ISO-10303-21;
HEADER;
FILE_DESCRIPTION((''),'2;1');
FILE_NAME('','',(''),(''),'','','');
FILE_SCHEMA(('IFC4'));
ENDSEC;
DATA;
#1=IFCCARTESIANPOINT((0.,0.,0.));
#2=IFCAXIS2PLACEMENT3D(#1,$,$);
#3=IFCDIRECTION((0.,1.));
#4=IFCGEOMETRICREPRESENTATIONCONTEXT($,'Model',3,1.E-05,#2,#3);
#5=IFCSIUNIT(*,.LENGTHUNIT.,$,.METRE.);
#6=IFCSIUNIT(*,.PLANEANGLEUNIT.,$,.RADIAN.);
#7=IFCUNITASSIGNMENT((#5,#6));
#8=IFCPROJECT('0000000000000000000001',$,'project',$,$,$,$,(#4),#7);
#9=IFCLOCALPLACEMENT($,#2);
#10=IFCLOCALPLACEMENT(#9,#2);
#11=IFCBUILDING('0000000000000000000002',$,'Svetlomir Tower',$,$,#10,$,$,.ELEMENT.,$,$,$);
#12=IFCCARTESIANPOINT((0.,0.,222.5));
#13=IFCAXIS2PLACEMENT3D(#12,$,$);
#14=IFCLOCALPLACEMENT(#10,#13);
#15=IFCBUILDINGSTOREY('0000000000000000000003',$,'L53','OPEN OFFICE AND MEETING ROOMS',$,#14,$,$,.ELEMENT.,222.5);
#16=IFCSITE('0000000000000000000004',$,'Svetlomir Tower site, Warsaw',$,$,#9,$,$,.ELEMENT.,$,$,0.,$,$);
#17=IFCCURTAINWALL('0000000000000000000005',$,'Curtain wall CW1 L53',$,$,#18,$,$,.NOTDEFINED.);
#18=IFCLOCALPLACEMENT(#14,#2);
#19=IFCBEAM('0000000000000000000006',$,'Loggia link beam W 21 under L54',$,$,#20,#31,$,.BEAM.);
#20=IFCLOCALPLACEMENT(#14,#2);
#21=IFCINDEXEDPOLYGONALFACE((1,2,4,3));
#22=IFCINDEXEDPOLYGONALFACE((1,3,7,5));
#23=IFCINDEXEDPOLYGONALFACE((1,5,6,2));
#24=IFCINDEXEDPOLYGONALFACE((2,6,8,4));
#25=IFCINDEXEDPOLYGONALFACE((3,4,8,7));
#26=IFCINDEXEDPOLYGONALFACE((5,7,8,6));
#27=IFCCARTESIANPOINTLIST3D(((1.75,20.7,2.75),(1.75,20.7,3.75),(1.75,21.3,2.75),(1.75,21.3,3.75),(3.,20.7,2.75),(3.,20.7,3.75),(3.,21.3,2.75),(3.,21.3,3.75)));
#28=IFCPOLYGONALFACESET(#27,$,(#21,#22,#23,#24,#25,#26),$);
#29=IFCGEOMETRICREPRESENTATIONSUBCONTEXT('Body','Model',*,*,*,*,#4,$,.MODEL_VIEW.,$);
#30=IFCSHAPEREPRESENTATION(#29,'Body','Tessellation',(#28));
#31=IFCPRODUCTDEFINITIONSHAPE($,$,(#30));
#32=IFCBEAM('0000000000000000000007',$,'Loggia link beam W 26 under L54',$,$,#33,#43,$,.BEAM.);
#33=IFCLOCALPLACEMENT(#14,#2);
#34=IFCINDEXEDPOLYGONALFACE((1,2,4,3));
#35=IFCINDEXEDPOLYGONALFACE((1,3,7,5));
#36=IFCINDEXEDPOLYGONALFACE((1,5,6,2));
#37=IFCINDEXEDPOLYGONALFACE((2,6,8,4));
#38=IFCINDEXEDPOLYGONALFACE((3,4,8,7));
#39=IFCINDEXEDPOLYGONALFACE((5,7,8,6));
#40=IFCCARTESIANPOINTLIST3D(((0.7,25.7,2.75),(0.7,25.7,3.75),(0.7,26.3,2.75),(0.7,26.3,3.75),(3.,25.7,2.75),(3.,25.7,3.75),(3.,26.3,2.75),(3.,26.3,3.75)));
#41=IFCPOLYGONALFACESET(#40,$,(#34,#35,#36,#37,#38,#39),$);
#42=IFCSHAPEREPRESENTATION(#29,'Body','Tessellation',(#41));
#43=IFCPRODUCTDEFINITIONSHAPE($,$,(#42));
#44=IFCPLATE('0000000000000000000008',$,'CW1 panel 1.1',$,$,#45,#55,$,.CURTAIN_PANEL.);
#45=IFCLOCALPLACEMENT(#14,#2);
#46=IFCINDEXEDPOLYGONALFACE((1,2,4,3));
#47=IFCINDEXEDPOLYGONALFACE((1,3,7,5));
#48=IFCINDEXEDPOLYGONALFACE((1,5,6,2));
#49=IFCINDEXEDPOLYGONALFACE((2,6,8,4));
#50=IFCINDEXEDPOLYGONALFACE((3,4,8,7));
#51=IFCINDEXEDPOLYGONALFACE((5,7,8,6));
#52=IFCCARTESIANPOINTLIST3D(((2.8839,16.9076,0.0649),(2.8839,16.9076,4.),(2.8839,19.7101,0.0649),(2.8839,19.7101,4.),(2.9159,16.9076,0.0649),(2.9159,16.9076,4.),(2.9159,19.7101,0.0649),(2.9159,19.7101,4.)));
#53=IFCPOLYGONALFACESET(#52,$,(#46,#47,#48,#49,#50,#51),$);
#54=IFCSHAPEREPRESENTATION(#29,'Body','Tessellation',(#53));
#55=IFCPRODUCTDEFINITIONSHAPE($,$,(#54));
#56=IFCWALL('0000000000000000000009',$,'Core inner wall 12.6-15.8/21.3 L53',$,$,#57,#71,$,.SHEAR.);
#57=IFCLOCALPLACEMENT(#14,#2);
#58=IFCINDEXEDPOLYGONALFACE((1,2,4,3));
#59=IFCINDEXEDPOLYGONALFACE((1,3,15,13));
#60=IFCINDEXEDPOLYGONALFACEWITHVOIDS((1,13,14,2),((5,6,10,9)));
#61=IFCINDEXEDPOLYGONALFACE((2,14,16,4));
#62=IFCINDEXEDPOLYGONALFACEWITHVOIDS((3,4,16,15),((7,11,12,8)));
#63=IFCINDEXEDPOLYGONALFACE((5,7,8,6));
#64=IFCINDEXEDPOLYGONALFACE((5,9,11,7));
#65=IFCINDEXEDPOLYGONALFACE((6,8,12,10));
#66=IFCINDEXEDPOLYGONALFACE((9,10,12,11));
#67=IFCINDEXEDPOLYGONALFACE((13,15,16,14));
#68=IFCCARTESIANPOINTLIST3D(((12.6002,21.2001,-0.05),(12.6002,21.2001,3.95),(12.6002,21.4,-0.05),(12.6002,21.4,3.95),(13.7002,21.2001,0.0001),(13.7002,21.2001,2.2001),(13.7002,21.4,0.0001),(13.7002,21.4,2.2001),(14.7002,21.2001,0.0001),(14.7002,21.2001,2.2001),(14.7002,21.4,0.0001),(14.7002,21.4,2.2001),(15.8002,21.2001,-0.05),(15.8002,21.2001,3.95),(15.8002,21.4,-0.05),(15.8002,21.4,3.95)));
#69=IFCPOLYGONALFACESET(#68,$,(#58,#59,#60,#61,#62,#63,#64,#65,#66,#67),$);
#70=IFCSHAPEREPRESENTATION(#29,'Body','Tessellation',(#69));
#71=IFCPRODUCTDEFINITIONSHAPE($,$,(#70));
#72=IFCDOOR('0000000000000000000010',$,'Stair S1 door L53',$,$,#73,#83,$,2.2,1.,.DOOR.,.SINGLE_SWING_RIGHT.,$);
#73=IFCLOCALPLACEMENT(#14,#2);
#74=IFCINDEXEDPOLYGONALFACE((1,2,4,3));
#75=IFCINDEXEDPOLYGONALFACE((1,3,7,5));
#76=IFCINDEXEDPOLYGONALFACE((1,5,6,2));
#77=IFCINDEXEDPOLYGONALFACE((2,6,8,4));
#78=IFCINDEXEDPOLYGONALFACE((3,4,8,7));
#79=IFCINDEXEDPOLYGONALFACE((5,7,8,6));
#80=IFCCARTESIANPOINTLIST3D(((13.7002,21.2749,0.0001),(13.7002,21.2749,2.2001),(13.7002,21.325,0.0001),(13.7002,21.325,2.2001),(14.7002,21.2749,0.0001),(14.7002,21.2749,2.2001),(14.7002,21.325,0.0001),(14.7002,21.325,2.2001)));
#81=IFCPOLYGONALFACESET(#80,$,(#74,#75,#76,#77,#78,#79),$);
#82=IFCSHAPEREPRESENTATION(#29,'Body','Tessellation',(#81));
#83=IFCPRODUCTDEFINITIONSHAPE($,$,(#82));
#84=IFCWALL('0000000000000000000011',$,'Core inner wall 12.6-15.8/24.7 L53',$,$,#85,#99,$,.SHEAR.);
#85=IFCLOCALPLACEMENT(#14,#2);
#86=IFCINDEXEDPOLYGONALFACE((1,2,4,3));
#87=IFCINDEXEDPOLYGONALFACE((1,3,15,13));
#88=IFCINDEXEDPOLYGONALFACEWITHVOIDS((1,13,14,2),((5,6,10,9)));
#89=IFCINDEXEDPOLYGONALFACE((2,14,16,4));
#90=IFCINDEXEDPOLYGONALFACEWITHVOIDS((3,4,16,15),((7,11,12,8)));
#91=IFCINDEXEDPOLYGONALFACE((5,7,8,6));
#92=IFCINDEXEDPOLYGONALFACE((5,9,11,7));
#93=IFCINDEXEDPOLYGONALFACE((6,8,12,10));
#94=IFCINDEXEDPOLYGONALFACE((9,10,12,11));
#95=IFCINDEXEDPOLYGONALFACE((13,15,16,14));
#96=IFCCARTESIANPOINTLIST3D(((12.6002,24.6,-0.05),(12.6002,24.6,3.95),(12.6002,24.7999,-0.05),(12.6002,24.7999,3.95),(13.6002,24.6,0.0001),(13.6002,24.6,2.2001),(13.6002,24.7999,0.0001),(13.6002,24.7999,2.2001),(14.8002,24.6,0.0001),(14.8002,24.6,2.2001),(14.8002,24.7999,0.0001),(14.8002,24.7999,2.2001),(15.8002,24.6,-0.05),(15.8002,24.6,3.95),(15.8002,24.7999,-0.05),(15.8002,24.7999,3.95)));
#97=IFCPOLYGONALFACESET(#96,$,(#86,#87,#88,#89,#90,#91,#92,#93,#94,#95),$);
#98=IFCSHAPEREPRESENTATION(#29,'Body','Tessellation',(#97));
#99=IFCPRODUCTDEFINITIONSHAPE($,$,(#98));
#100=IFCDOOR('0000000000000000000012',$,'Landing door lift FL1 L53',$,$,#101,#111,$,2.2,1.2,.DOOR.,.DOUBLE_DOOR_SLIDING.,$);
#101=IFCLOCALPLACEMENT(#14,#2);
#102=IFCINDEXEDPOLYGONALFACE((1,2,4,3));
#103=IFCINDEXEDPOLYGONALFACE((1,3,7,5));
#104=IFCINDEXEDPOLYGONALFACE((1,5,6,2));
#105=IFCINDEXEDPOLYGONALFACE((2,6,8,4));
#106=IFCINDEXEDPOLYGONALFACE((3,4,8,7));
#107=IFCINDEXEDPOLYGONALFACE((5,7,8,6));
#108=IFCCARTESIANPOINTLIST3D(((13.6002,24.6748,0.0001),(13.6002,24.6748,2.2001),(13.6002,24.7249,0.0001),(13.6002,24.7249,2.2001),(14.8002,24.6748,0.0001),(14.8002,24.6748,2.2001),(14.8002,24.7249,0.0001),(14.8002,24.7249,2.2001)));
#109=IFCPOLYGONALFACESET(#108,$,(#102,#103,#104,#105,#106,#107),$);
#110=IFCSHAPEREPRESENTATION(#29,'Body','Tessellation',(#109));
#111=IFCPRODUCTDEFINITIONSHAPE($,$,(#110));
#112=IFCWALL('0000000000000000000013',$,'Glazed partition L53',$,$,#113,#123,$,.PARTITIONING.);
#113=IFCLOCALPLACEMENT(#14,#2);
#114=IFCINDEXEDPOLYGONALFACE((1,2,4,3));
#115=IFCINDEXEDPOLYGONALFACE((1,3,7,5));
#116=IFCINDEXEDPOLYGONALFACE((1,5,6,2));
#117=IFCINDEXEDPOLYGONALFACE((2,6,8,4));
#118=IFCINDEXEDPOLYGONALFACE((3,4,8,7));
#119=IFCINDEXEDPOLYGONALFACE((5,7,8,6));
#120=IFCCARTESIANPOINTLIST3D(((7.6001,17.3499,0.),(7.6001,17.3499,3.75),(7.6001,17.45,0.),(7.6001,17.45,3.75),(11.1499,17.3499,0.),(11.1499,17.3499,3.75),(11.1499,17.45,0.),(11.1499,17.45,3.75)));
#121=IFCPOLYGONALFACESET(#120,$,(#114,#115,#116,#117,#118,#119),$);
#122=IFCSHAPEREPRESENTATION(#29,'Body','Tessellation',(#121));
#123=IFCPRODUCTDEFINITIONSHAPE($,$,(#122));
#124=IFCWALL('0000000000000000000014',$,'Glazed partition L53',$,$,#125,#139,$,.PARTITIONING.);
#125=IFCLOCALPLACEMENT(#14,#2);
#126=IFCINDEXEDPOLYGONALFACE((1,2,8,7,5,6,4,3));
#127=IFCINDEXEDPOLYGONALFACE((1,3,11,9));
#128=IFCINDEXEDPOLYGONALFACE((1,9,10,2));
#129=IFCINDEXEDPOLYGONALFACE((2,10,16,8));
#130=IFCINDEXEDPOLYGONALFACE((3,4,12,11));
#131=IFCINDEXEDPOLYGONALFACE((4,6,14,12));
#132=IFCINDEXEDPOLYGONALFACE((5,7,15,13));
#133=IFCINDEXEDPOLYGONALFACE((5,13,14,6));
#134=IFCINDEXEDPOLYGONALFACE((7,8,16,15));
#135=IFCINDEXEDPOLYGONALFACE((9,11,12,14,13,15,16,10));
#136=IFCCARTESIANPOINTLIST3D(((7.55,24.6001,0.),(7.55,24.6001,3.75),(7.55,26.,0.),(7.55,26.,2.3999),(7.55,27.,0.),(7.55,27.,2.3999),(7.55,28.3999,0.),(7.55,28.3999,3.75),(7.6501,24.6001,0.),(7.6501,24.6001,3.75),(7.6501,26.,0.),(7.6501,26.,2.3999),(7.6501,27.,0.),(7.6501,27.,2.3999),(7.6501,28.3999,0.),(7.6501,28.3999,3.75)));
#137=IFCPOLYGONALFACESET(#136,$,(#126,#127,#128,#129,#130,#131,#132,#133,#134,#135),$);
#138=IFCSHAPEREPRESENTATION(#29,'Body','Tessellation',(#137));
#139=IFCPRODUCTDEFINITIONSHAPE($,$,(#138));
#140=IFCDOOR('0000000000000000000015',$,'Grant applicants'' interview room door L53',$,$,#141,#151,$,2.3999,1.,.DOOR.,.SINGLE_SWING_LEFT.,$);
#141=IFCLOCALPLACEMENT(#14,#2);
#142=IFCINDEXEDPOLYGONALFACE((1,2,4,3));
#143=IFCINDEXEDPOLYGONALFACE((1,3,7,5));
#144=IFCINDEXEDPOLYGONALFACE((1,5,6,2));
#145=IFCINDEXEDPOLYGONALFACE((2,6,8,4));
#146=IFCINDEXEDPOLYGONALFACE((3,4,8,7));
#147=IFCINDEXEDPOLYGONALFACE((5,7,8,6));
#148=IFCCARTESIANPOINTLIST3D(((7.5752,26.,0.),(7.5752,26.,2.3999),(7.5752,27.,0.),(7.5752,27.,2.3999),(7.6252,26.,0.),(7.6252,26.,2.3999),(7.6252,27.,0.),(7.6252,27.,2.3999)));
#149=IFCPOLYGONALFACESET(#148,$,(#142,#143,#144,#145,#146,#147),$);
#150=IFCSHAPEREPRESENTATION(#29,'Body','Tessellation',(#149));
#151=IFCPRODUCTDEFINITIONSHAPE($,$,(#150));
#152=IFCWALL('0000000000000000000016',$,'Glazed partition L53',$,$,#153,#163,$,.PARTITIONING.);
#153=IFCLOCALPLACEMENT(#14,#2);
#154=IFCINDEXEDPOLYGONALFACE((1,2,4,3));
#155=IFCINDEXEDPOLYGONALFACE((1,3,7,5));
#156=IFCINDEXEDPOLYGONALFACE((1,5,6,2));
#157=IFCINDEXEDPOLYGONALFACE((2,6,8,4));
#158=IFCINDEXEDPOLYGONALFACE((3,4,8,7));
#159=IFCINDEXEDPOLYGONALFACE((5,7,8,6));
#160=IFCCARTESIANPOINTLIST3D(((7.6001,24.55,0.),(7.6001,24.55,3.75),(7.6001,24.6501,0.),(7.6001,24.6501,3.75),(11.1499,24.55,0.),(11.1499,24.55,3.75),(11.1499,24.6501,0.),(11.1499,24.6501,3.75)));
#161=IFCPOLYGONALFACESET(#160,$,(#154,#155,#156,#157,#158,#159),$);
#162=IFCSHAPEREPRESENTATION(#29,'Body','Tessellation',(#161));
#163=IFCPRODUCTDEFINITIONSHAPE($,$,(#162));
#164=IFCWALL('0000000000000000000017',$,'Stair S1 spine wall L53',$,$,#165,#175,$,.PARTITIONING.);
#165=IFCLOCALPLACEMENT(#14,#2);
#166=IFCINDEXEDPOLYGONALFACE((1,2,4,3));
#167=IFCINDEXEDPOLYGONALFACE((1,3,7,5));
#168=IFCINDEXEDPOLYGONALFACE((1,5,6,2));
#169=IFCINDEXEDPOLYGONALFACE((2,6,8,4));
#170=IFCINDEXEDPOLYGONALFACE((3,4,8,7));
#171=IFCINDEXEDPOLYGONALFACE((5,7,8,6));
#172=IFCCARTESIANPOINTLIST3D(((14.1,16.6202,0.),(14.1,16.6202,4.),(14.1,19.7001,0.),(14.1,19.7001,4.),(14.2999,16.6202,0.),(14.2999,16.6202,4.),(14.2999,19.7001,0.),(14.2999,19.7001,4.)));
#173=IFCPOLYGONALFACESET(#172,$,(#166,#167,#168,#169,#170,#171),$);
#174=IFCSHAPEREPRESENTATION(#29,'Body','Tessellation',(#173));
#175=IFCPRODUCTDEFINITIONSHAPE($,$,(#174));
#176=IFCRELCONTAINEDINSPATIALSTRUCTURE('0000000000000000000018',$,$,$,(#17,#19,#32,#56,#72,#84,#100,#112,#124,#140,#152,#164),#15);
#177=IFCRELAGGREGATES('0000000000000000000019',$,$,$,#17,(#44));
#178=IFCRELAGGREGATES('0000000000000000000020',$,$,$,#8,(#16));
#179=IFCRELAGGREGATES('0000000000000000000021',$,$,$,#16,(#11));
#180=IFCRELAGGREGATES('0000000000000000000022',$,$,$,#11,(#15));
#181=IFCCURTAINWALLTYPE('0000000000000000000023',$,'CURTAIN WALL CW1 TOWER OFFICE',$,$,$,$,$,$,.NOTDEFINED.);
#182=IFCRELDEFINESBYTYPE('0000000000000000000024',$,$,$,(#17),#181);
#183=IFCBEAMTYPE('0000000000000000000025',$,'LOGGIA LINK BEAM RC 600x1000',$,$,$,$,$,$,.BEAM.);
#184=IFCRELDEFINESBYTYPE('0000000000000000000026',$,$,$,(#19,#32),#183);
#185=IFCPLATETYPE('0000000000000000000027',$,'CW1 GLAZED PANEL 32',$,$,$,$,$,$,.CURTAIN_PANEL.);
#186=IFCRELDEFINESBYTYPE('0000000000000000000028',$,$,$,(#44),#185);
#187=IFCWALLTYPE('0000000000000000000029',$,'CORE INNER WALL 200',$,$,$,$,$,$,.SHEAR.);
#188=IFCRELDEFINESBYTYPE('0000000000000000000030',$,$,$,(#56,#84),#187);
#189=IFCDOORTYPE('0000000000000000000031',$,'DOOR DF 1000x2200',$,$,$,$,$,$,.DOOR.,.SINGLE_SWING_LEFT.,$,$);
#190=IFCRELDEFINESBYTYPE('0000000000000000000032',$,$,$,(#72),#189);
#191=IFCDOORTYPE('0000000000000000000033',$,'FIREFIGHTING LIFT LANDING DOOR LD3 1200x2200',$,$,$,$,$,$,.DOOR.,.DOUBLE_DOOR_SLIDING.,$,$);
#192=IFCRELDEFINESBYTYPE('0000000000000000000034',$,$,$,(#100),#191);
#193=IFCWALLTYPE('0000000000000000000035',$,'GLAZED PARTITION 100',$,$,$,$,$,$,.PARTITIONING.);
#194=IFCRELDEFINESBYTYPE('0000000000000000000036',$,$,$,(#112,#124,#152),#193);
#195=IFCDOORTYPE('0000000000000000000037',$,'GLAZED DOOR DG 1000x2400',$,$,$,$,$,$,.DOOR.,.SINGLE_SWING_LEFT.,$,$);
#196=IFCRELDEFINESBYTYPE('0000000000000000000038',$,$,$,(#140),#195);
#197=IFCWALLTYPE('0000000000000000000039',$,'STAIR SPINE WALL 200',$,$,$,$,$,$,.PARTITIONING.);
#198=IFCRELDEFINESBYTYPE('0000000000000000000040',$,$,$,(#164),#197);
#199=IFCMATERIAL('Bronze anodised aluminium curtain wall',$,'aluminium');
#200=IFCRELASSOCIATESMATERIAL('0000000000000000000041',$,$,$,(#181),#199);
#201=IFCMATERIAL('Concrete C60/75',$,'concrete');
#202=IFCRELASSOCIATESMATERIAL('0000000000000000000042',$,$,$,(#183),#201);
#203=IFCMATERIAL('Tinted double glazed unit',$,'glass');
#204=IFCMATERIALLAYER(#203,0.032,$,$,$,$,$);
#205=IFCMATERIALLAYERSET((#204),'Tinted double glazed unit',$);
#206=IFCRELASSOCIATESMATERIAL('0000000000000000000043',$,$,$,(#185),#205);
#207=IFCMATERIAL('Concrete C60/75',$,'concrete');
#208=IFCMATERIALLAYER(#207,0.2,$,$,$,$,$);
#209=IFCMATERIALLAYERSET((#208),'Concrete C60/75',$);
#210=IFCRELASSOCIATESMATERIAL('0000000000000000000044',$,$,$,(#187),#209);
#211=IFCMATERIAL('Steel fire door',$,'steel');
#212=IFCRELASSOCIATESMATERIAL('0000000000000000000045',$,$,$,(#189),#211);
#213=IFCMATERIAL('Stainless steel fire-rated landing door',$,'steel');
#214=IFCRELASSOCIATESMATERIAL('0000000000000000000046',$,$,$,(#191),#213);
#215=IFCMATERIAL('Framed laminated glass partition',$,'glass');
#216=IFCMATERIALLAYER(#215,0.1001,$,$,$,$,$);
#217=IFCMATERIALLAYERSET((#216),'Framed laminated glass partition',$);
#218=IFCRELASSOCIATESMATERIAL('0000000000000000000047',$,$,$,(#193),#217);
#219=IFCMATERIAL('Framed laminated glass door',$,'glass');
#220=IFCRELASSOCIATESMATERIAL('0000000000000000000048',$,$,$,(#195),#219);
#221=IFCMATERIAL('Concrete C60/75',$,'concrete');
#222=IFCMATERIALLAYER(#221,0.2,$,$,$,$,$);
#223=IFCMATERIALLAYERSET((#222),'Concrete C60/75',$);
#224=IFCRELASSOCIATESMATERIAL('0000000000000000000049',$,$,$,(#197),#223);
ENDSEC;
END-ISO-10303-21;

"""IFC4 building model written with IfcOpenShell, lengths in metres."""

from ifc_helpers import new_model, si_unit, direction, frame, frame_2d, origin, origin_2d, place, context, subcontext, project, spatial, rectangle, extrude, material, layer, layer_set, material_profile, profile_set, type_object, element, fill, aggregate, save


model = new_model("IFC4")

# Units and contexts
model_context = context("Model", 3, precision=1e-05, world=origin(), true_north=direction((0.0, 1.0)))
body_context = subcontext(model_context, "Body", "Model", "MODEL_VIEW")
ifc_project = project(units=[si_unit("LENGTHUNIT", "METRE"), si_unit("PLANEANGLEUNIT", "RADIAN")], contexts=[model_context])

# Site, building, storey
site_placement = place(None, origin())
site = spatial("IfcSite", under=ifc_project, at=site_placement, Name="Svetlomir Tower site, Warsaw", CompositionType="ELEMENT", RefElevation=0.0)
building_placement = place(site_placement, origin())
building = spatial("IfcBuilding", under=site, at=building_placement, Name="Svetlomir Tower", CompositionType="ELEMENT")
storey_placement = place(building_placement, frame((0.0, 0.0, 222.5)))
storey = spatial("IfcBuildingStorey", under=building, at=storey_placement, Name="L53", Description="OPEN OFFICE AND MEETING ROOMS", CompositionType="ELEMENT", Elevation=222.5)

# Curtain wall
ifc_material_1 = material(Name="Bronze anodised aluminium curtain wall", Category="aluminium")
curtain_wall_type = type_object("IfcCurtainWallType", Name="CURTAIN WALL CW1 TOWER OFFICE", PredefinedType="NOTDEFINED", material=ifc_material_1)
curtain_wall_1_placement = place(storey_placement, origin())
curtain_wall_1 = element("IfcCurtainWall", 1, at=curtain_wall_1_placement, inside=storey, type_object=curtain_wall_type, Name="Curtain wall CW1 L53", PredefinedType="NOTDEFINED")

# Beams
ifc_material_2 = material(Name="Concrete C60/75", Category="concrete")
ifc_material_profile_1 = material_profile(ifc_material_2, rectangle(XDim=0.6001, YDim=1.0, at=origin_2d()), Name="RC 600x1000")
ifc_profile_set_1 = profile_set([ifc_material_profile_1], Name="Concrete C60/75")
beam_type_1 = type_object("IfcBeamType", Name="LOGGIA LINK BEAM RC 600x1000", PredefinedType="BEAM", material=ifc_profile_set_1)
beam_1_placement = place(storey_placement, frame((1.75, 21.0, 3.25), z_axis=(1.0, 0.0, 0.0), x_axis=(0.0, 1.0, 0.0)))
element("IfcBeam", 2, at=beam_1_placement, inside=storey, type_object=beam_type_1, Name="Loggia link beam W 21 under L54", PredefinedType="BEAM", context=body_context, shape_type="SweptSolid", body=[
    extrude(rectangle(XDim=0.6001, YDim=1.0, at=origin_2d()), origin(), (0.0, 0.0, 1.0), 1.25),
])
beam_2_placement = place(storey_placement, frame((0.7, 26.0, 3.25), z_axis=(1.0, 0.0, 0.0), x_axis=(0.0, 1.0, 0.0)))
element("IfcBeam", 3, at=beam_2_placement, inside=storey, type_object=beam_type_1, Name="Loggia link beam W 26 under L54", PredefinedType="BEAM", context=body_context, shape_type="SweptSolid", body=[
    extrude(rectangle(XDim=0.6001, YDim=1.0, at=origin_2d()), origin(), (0.0, 0.0, 1.0), 2.3),
])

# Plate
ifc_material_3 = material(Name="Tinted double glazed unit", Category="glass")
ifc_layer_1 = layer(ifc_material_3, 0.032)
ifc_layer_set_1 = layer_set([ifc_layer_1], Name="Tinted double glazed unit")
plate_type = type_object("IfcPlateType", Name="CW1 GLAZED PANEL 32", PredefinedType="CURTAIN_PANEL", material=ifc_layer_set_1)
plate_placement = place(storey_placement, frame((2.8999, 18.3088, 0.0649), z_axis=(0.0, 0.0, 1.0), x_axis=(0.0, -1.0, 0.0)))
plate = element("IfcPlate", 4, at=plate_placement, type_object=plate_type, Name="CW1 panel 1.1", PredefinedType="CURTAIN_PANEL", context=body_context, shape_type="SweptSolid", body=[
    extrude(rectangle(XDim=2.8025, YDim=0.032, at=origin_2d()), origin(), (0.0, 0.0, 1.0), 3.9351),
])
aggregate(curtain_wall_1, [plate])

# Walls, openings, doors
ifc_material_4 = material(Name="Concrete C60/75", Category="concrete")
ifc_layer_2 = layer(ifc_material_4, 0.2)
ifc_layer_set_2 = layer_set([ifc_layer_2], Name="Concrete C60/75")
wall_type_1 = type_object("IfcWallType", Name="CORE INNER WALL 200", PredefinedType="SHEAR", material=ifc_layer_set_2)
wall_1_placement = place(storey_placement, frame((12.6001, 21.3, -0.05), z_axis=(0.0, 0.0, 1.0), x_axis=(1.0, 0.0, 0.0)))
wall_1 = element("IfcWall", 5, at=wall_1_placement, inside=storey, type_object=wall_type_1, Name="Core inner wall 12.6-15.8/21.3 L53", PredefinedType="SHEAR", context=body_context, shape_type="SweptSolid", body=[
    extrude(rectangle(XDim=3.2, YDim=0.2, at=frame_2d((1.6001, 0.0))), origin(), (0.0, 0.0, 1.0), 4.0),
])
opening_1_placement = place(wall_1_placement, frame((1.1001, 0.0, 0.05)))
opening_1 = element("IfcOpeningElement", 6, at=opening_1_placement, cuts=wall_1, PredefinedType="OPENING", context=body_context, shape_type="SweptSolid", body=[
    extrude(rectangle(XDim=1.0, YDim=2.2, at=frame_2d((0.5, 1.1001))), frame((0.0, 0.1099, 0.0), z_axis=(0.0, -1.0, 0.0), x_axis=(1.0, 0.0, 0.0)), (0.0, 0.0, 1.0), 0.22),
])
ifc_material_5 = material(Name="Steel fire door", Category="steel")
door_type_1 = type_object("IfcDoorType", Name="DOOR DF 1000x2200", OperationType="SINGLE_SWING_LEFT", PredefinedType="DOOR", material=ifc_material_5)
door_1_placement = place(opening_1_placement, origin())
door_1 = element("IfcDoor", 7, at=door_1_placement, inside=storey, type_object=door_type_1, Name="Stair S1 door L53", OperationType="SINGLE_SWING_RIGHT", OverallHeight=2.2, OverallWidth=1.0, PredefinedType="DOOR", context=body_context, shape_type="SweptSolid", body=[
    extrude(rectangle(XDim=1.0, YDim=2.2, at=frame_2d((0.5, 1.1001))), frame((0.0, 0.0249, 0.0), z_axis=(0.0, -1.0, 0.0), x_axis=(1.0, 0.0, 0.0)), (0.0, 0.0, 1.0), 0.05),
])
fill(opening_1, door_1)
wall_2_placement = place(storey_placement, frame((12.6001, 24.7, -0.05), z_axis=(0.0, 0.0, 1.0), x_axis=(1.0, 0.0, 0.0)))
wall_2 = element("IfcWall", 8, at=wall_2_placement, inside=storey, type_object=wall_type_1, Name="Core inner wall 12.6-15.8/24.7 L53", PredefinedType="SHEAR", context=body_context, shape_type="SweptSolid", body=[
    extrude(rectangle(XDim=3.2, YDim=0.2, at=frame_2d((1.6001, 0.0))), origin(), (0.0, 0.0, 1.0), 4.0),
])
opening_2_placement = place(wall_2_placement, frame((1.0, 0.0, 0.05)))
opening_2 = element("IfcOpeningElement", 9, at=opening_2_placement, cuts=wall_2, PredefinedType="OPENING", context=body_context, shape_type="SweptSolid", body=[
    extrude(rectangle(XDim=1.2, YDim=2.2, at=frame_2d((0.6001, 1.1001))), frame((0.0, 0.1099, 0.0), z_axis=(0.0, -1.0, 0.0), x_axis=(1.0, 0.0, 0.0)), (0.0, 0.0, 1.0), 0.22),
])
ifc_material_6 = material(Name="Stainless steel fire-rated landing door", Category="steel")
door_type_2 = type_object("IfcDoorType", Name="FIREFIGHTING LIFT LANDING DOOR LD3 1200x2200", OperationType="DOUBLE_DOOR_SLIDING", PredefinedType="DOOR", material=ifc_material_6)
door_2_placement = place(opening_2_placement, origin())
door_2 = element("IfcDoor", 10, at=door_2_placement, inside=storey, type_object=door_type_2, Name="Landing door lift FL1 L53", OperationType="DOUBLE_DOOR_SLIDING", OverallHeight=2.2, OverallWidth=1.2, PredefinedType="DOOR", context=body_context, shape_type="SweptSolid", body=[
    extrude(rectangle(XDim=1.2, YDim=2.2, at=frame_2d((0.6001, 1.1001))), frame((0.0, 0.0249, 0.0), z_axis=(0.0, -1.0, 0.0), x_axis=(1.0, 0.0, 0.0)), (0.0, 0.0, 1.0), 0.05),
])
fill(opening_2, door_2)

# Wall
ifc_material_7 = material(Name="Framed laminated glass partition", Category="glass")
ifc_layer_3 = layer(ifc_material_7, 0.1001)
ifc_layer_set_3 = layer_set([ifc_layer_3], Name="Framed laminated glass partition")
wall_type_2 = type_object("IfcWallType", Name="GLAZED PARTITION 100", PredefinedType="PARTITIONING", material=ifc_layer_set_3)
wall_3_placement = place(storey_placement, frame((7.6001, 17.3999, 0.0), z_axis=(0.0, 0.0, 1.0), x_axis=(1.0, 0.0, 0.0)))
element("IfcWall", 11, at=wall_3_placement, inside=storey, type_object=wall_type_2, Name="Glazed partition L53", PredefinedType="PARTITIONING", context=body_context, shape_type="SweptSolid", body=[
    extrude(rectangle(XDim=3.5498, YDim=0.1001, at=frame_2d((1.7749, 0.0))), origin(), (0.0, 0.0, 1.0), 3.75),
])

# Wall, opening, door
wall_4_placement = place(storey_placement, frame((7.6001, 24.6001, 0.0), z_axis=(0.0, 0.0, 1.0), x_axis=(0.0, 1.0, 0.0)))
wall_4 = element("IfcWall", 12, at=wall_4_placement, inside=storey, type_object=wall_type_2, Name="Glazed partition L53", PredefinedType="PARTITIONING", context=body_context, shape_type="SweptSolid", body=[
    extrude(rectangle(XDim=3.7998, YDim=0.1001, at=frame_2d((1.8999, 0.0))), origin(), (0.0, 0.0, 1.0), 3.75),
])
opening_3_placement = place(wall_4_placement, frame((1.3999, 0.0, 0.0)))
opening_3 = element("IfcOpeningElement", 13, at=opening_3_placement, cuts=wall_4, PredefinedType="OPENING", context=body_context, shape_type="SweptSolid", body=[
    extrude(rectangle(XDim=1.0, YDim=2.3999, at=frame_2d((0.5, 1.2))), frame((0.0, 0.0601, 0.0), z_axis=(0.0, -1.0, 0.0), x_axis=(1.0, 0.0, 0.0)), (0.0, 0.0, 1.0), 0.1201),
])
ifc_material_8 = material(Name="Framed laminated glass door", Category="glass")
door_type_3 = type_object("IfcDoorType", Name="GLAZED DOOR DG 1000x2400", OperationType="SINGLE_SWING_LEFT", PredefinedType="DOOR", material=ifc_material_8)
door_3_placement = place(opening_3_placement, origin())
door_3 = element("IfcDoor", 14, at=door_3_placement, inside=storey, type_object=door_type_3, Name="Grant applicants' interview room door L53", OperationType="SINGLE_SWING_LEFT", OverallHeight=2.3999, OverallWidth=1.0, PredefinedType="DOOR", context=body_context, shape_type="SweptSolid", body=[
    extrude(rectangle(XDim=1.0, YDim=2.3999, at=frame_2d((0.5, 1.2))), frame((0.0, 0.0249, 0.0), z_axis=(0.0, -1.0, 0.0), x_axis=(1.0, 0.0, 0.0)), (0.0, 0.0, 1.0), 0.05),
])
fill(opening_3, door_3)

# Walls
wall_5_placement = place(storey_placement, frame((7.6001, 24.6001, 0.0), z_axis=(0.0, 0.0, 1.0), x_axis=(1.0, 0.0, 0.0)))
element("IfcWall", 15, at=wall_5_placement, inside=storey, type_object=wall_type_2, Name="Glazed partition L53", PredefinedType="PARTITIONING", context=body_context, shape_type="SweptSolid", body=[
    extrude(rectangle(XDim=3.5498, YDim=0.1001, at=frame_2d((1.7749, 0.0))), origin(), (0.0, 0.0, 1.0), 3.75),
])
ifc_material_9 = material(Name="Concrete C60/75", Category="concrete")
ifc_layer_4 = layer(ifc_material_9, 0.2)
ifc_layer_set_4 = layer_set([ifc_layer_4], Name="Concrete C60/75")
wall_type_3 = type_object("IfcWallType", Name="STAIR SPINE WALL 200", PredefinedType="PARTITIONING", material=ifc_layer_set_4)
wall_6_placement = place(storey_placement, frame((14.2, 16.6201, 0.0), z_axis=(0.0, 0.0, 1.0), x_axis=(0.0, 1.0, 0.0)))
element("IfcWall", 16, at=wall_6_placement, inside=storey, type_object=wall_type_3, Name="Stair S1 spine wall L53", PredefinedType="PARTITIONING", context=body_context, shape_type="SweptSolid", body=[
    extrude(rectangle(XDim=3.0798, YDim=0.2, at=frame_2d((1.54, 0.0))), origin(), (0.0, 0.0, 1.0), 4.0),
])

save(model, "model.ifc")
